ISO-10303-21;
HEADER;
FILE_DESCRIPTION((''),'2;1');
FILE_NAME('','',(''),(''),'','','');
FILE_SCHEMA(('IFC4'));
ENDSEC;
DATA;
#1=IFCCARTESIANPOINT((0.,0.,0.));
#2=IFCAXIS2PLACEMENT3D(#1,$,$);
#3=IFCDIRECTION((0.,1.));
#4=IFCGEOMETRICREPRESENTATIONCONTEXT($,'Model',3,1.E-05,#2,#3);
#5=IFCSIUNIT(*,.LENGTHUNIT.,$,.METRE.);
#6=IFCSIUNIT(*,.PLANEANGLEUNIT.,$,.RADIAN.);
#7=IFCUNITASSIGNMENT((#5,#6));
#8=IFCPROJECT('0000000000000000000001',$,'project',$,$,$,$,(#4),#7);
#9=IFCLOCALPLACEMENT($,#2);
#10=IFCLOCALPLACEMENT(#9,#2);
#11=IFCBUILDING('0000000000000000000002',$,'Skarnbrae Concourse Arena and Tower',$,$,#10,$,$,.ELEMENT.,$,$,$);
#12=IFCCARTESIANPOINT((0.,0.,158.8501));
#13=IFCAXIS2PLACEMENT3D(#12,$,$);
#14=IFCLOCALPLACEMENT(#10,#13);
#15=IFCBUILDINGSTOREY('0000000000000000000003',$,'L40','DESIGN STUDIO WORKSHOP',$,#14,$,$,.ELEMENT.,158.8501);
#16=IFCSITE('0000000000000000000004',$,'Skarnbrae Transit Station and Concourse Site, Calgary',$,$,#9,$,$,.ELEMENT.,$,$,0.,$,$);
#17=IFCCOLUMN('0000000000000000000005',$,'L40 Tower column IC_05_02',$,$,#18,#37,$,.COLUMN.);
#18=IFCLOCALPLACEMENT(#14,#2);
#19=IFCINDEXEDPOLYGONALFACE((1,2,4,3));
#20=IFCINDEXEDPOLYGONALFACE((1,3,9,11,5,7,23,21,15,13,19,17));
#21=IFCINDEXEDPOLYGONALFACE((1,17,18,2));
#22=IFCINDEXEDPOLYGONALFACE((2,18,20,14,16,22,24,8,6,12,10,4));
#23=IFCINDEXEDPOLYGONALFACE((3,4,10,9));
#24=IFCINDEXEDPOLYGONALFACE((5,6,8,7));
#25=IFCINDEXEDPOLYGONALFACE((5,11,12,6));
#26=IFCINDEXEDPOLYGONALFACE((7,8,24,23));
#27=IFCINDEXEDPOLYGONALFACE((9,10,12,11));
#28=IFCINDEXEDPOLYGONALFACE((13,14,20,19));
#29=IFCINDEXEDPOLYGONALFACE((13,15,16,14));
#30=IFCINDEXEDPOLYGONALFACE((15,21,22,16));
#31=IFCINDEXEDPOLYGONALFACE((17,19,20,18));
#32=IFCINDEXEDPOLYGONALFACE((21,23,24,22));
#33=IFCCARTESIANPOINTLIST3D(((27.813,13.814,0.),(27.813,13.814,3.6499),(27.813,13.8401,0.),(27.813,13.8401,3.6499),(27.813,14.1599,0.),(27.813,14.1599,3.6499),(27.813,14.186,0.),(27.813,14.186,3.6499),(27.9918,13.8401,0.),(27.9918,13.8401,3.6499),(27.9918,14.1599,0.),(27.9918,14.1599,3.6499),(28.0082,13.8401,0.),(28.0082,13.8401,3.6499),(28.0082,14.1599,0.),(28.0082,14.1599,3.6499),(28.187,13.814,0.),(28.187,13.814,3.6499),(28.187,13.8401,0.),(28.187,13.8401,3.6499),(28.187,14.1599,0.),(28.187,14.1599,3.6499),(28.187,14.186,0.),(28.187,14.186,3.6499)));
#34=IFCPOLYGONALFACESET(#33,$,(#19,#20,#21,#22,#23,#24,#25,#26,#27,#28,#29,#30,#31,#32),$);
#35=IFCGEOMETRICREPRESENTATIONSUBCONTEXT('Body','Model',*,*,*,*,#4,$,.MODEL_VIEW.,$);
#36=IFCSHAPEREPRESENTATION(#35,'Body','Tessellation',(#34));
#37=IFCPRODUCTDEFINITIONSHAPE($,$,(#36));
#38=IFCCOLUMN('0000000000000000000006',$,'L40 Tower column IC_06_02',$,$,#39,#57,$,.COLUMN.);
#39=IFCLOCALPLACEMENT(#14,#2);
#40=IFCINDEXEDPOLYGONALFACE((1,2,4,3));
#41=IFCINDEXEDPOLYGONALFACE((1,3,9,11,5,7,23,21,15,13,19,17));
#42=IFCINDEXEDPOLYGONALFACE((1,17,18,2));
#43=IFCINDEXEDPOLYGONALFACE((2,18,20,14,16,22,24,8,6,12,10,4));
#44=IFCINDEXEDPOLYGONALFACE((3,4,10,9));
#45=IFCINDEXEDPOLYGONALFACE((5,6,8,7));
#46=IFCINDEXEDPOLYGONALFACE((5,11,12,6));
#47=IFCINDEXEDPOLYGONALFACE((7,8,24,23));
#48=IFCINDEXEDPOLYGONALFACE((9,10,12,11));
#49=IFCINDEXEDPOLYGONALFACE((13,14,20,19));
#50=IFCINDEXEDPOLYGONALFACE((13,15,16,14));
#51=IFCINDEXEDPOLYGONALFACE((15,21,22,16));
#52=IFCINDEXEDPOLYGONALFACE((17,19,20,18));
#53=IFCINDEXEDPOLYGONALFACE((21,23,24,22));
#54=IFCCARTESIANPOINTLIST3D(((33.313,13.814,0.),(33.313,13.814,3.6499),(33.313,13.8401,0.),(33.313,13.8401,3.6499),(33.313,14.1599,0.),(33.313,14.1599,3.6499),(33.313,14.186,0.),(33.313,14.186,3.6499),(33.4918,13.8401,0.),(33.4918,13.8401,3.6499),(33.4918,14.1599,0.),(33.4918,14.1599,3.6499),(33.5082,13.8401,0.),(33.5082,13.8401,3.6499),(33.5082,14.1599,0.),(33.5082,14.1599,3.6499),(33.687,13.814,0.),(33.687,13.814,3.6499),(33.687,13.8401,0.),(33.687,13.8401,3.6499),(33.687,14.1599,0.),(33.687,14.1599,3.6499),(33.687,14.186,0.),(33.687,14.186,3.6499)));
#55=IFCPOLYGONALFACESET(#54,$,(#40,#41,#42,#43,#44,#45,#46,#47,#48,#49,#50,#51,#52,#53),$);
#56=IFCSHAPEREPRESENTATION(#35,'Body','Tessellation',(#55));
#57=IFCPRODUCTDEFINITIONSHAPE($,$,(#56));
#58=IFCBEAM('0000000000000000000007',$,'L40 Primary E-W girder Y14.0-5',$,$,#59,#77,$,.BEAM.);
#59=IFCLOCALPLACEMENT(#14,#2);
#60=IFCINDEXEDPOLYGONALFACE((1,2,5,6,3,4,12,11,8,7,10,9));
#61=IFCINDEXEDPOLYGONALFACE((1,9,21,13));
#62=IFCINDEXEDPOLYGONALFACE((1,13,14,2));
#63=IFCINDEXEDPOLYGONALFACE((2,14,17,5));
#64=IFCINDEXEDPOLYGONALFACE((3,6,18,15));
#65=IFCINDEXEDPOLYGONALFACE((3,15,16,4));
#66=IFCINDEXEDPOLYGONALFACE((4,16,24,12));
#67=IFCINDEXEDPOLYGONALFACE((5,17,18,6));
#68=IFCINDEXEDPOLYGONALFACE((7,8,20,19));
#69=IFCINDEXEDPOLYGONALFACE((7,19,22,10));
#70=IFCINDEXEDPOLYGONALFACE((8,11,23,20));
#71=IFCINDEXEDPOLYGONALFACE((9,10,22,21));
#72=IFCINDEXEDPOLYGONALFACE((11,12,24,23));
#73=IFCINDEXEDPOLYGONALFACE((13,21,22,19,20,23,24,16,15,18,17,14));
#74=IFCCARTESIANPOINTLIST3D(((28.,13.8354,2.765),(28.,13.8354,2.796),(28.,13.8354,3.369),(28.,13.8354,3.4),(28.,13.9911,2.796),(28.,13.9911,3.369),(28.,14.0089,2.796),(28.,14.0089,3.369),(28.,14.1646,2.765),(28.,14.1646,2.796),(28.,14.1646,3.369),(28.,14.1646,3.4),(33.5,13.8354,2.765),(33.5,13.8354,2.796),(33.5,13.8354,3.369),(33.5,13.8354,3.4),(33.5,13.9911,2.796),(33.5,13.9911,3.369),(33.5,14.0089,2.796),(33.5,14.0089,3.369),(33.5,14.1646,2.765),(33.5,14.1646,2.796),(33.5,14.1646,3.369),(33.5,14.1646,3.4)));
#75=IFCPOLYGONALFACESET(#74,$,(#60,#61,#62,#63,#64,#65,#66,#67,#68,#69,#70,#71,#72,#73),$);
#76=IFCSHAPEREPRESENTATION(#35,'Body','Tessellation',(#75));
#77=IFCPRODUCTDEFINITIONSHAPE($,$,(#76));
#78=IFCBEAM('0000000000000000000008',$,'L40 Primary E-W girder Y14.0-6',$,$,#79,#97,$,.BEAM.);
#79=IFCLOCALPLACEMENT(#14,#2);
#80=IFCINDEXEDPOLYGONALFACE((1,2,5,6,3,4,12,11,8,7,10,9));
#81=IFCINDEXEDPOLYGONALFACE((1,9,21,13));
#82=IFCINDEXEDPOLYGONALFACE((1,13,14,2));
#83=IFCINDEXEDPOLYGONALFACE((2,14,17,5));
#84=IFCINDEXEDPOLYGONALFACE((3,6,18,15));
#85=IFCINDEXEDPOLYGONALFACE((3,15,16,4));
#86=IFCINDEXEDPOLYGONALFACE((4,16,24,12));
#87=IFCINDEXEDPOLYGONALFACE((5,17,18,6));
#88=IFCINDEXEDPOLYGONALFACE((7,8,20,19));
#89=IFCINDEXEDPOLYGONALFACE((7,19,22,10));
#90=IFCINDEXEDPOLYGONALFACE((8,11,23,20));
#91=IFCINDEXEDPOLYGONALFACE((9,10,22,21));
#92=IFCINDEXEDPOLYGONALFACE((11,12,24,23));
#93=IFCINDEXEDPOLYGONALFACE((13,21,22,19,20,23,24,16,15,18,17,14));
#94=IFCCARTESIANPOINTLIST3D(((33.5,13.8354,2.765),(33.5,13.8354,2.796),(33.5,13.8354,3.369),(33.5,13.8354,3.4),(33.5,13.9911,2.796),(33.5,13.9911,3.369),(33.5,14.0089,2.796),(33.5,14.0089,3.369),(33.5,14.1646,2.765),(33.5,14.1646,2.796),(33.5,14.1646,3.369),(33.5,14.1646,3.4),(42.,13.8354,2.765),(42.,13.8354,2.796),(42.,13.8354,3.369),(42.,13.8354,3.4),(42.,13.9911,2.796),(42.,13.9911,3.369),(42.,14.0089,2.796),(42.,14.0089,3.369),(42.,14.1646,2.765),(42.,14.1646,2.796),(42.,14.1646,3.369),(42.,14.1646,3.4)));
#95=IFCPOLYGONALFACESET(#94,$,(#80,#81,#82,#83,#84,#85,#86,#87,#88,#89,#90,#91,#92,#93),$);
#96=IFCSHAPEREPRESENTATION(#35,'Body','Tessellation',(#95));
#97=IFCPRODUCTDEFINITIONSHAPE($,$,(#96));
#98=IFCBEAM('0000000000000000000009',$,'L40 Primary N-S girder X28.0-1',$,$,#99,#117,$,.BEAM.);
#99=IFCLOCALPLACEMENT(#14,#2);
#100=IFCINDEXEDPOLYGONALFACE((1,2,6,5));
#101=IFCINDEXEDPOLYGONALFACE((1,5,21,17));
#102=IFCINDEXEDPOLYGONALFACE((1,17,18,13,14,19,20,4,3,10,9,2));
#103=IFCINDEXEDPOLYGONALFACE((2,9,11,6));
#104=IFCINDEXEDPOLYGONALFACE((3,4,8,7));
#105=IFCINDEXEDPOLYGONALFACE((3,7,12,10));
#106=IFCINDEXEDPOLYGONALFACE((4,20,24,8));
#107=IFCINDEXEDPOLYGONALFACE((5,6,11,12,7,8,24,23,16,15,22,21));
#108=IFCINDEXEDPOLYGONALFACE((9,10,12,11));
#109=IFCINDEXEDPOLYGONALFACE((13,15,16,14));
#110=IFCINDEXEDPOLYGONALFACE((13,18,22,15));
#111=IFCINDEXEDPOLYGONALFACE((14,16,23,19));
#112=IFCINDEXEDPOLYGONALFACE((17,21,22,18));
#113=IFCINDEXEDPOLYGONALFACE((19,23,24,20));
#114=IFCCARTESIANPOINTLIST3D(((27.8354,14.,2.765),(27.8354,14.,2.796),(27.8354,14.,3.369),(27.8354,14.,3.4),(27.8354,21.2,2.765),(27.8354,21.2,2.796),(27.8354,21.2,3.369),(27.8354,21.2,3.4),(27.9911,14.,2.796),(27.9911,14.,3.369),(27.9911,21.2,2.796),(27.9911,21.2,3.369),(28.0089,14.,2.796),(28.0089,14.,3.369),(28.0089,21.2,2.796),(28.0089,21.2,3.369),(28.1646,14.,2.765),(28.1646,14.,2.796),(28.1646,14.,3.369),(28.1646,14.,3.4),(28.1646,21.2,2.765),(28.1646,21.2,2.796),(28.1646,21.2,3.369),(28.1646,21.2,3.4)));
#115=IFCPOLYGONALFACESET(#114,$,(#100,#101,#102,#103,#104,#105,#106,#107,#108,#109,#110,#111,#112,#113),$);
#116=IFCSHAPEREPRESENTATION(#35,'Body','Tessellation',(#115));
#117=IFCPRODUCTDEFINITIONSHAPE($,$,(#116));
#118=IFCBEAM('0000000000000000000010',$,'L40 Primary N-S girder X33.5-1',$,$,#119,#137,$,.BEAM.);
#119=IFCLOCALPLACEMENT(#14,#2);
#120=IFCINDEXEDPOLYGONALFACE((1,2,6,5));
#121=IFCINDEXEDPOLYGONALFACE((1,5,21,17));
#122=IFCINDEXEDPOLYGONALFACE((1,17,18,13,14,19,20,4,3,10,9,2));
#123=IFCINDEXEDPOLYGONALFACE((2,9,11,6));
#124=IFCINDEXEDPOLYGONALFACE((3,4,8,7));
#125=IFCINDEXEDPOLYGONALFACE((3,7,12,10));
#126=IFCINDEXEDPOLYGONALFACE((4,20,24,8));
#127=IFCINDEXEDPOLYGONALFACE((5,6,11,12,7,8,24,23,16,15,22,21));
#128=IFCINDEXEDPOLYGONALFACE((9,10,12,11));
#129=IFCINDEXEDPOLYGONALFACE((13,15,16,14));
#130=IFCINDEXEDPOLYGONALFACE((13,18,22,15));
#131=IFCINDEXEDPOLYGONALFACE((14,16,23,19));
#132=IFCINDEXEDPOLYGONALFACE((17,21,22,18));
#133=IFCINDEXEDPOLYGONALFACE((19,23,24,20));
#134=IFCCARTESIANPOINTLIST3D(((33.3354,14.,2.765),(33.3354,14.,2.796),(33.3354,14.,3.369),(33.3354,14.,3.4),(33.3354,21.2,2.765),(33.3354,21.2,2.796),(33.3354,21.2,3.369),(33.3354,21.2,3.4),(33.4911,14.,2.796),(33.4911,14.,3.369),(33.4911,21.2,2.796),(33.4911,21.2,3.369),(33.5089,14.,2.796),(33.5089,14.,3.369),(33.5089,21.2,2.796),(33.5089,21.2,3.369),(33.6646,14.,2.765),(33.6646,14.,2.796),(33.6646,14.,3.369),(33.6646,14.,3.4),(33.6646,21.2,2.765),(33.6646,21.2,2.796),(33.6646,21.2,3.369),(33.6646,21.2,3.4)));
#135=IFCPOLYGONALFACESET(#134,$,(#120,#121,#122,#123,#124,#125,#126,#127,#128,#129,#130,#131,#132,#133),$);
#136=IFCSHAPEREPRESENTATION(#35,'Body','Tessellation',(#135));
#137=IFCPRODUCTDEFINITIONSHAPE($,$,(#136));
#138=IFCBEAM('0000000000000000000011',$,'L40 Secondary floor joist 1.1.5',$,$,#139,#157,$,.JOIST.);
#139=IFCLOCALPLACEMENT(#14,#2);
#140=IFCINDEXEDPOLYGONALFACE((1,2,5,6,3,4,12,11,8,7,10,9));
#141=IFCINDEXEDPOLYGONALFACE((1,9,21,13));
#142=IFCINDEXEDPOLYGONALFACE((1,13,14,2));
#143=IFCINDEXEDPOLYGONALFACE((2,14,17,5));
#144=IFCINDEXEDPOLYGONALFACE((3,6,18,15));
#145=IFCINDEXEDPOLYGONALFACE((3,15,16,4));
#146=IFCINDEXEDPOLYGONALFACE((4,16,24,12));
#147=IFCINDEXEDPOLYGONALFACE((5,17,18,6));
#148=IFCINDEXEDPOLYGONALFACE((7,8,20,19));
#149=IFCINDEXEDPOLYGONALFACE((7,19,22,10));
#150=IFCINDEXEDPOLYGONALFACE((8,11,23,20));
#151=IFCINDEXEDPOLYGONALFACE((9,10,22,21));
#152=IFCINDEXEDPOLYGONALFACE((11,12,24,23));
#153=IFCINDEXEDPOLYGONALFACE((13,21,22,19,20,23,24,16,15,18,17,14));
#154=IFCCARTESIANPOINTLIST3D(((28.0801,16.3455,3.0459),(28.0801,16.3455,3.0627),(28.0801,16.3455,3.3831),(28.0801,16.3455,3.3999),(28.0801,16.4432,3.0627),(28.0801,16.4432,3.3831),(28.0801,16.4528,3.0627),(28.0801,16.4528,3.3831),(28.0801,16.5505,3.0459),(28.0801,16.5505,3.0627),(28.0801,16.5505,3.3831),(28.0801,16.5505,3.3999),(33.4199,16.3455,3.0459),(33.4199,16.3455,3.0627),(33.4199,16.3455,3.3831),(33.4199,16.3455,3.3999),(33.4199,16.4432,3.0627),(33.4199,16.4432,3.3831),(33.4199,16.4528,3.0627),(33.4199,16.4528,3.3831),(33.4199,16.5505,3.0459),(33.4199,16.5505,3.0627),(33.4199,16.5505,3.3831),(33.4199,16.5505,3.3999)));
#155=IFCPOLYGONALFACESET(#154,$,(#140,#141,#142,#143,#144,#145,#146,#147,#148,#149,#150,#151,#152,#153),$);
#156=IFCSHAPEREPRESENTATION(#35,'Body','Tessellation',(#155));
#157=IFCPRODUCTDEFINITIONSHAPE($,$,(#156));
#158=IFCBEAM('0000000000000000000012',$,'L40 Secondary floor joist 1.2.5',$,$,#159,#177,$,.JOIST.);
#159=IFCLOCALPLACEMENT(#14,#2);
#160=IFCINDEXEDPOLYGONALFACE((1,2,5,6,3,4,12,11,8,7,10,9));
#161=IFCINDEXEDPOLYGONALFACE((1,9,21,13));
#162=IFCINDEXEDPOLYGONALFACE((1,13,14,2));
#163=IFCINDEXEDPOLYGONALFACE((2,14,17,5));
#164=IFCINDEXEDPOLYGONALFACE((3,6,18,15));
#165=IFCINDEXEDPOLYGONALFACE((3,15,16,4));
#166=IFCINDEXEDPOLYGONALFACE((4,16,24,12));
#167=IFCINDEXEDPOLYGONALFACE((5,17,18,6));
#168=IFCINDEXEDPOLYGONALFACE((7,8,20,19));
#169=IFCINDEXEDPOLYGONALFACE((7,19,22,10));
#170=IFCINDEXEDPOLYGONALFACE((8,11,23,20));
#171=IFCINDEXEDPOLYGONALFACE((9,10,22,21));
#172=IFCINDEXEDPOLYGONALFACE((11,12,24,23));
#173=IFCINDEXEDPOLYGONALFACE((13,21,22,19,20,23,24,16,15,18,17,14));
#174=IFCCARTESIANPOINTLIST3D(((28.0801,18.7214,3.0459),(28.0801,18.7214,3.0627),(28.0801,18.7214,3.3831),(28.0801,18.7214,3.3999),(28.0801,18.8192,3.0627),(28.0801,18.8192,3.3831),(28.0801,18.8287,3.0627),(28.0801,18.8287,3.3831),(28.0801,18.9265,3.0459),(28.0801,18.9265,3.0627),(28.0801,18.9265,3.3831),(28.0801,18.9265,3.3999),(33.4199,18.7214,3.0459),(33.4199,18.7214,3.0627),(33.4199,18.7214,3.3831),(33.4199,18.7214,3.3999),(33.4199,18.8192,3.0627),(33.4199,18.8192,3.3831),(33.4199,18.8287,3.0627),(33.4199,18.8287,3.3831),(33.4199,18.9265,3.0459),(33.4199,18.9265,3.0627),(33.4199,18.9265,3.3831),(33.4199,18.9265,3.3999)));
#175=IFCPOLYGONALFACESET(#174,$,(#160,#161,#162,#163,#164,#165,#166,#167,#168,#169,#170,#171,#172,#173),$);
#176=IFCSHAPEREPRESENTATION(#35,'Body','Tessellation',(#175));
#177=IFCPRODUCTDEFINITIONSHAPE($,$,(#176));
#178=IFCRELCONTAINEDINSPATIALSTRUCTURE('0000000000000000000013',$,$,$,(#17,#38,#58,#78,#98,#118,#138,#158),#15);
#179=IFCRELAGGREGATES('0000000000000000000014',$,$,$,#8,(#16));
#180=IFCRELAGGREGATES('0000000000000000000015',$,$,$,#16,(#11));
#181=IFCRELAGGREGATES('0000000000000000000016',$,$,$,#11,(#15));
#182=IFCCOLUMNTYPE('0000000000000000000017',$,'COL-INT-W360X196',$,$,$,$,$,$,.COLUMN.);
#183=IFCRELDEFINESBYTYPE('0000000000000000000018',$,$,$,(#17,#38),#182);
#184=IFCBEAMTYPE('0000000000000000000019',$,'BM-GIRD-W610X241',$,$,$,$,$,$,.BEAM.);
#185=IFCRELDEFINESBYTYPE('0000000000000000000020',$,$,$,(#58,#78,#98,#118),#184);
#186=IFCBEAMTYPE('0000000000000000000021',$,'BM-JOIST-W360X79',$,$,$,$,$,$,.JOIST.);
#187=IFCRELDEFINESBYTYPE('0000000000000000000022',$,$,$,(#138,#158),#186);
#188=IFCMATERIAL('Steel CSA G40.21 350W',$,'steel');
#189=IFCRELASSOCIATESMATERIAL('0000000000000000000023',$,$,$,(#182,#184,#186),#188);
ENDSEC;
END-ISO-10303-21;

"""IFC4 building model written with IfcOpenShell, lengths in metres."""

from ifc_helpers import new_model, si_unit, direction, frame, origin, origin_2d, place, context, subcontext, project, spatial, i_section, extrude, source, transform, mapped, material, material_profile, profile_set, type_object, element, save


model = new_model("IFC4")

# Units and contexts
model_context = context("Model", 3, precision=1e-05, world=origin(), true_north=direction((0.0, 1.0)))
body_context = subcontext(model_context, "Body", "Model", "MODEL_VIEW")
ifc_project = project(units=[si_unit("LENGTHUNIT", "METRE"), si_unit("PLANEANGLEUNIT", "RADIAN")], contexts=[model_context])

# Site, building, storey
site_placement = place(None, origin())
site = spatial("IfcSite", under=ifc_project, at=site_placement, Name="Skarnbrae Transit Station and Concourse Site, Calgary", CompositionType="ELEMENT", RefElevation=0.0)
building_placement = place(site_placement, origin())
building = spatial("IfcBuilding", under=site, at=building_placement, Name="Skarnbrae Concourse Arena and Tower", CompositionType="ELEMENT")
storey_placement = place(building_placement, frame((0.0, 0.0, 158.8501)))
storey = spatial("IfcBuildingStorey", under=building, at=storey_placement, Name="L40", Description="DESIGN STUDIO WORKSHOP", CompositionType="ELEMENT", Elevation=158.8501)

# Columns
ifc_material_1 = material(Name="Steel CSA G40.21 350W", Category="steel")
ifc_material_profile_1 = material_profile(ifc_material_1, i_section(OverallWidth=0.374, OverallDepth=0.3721, WebThickness=0.0164, FlangeThickness=0.0261, at=origin_2d()), Name="W360X196")
ifc_profile_set_1 = profile_set([ifc_material_profile_1], Name="Steel CSA G40.21 350W")
column_type = type_object("IfcColumnType", Name="COL-INT-W360X196", PredefinedType="COLUMN", material=ifc_profile_set_1)
shared_shape_1 = source(origin(), body_context, "Body", "SweptSolid", [
    extrude(i_section(OverallWidth=0.374, OverallDepth=0.3721, WebThickness=0.0164, FlangeThickness=0.0261, at=origin_2d()), origin(), (0.0, 0.0, 1.0), 3.6499),
])
for number, where, z_axis, x_axis, name in (
    (1, (28.0, 14.0, 0.0), (0.0, 0.0, 1.0), (1.0, 0.0, 0.0), "L40 Tower column IC_05_02"),
    (2, (33.5, 14.0, 0.0), (0.0, 0.0, 1.0), (1.0, 0.0, 0.0), "L40 Tower column IC_06_02"),
):
    element("IfcColumn", number, at=place(storey_placement, frame(where, z_axis=z_axis, x_axis=x_axis)), inside=storey, type_object=column_type, Name=name, PredefinedType="COLUMN", context=body_context, shape_type="MappedRepresentation", body=[
        mapped(shared_shape_1, transform((0.0, 0.0, 0.0))),
    ])

# Beams
ifc_material_profile_2 = material_profile(ifc_material_1, i_section(OverallWidth=0.3291, OverallDepth=0.635, WebThickness=0.0178, FlangeThickness=0.031, at=origin_2d()), Name="W610X241")
ifc_profile_set_2 = profile_set([ifc_material_profile_2], Name="Steel CSA G40.21 350W")
beam_type_1 = type_object("IfcBeamType", Name="BM-GIRD-W610X241", PredefinedType="BEAM", material=ifc_profile_set_2)
shared_shape_2 = source(origin(), body_context, "Body", "SweptSolid", [
    extrude(i_section(OverallWidth=0.3291, OverallDepth=0.635, WebThickness=0.0178, FlangeThickness=0.031, at=origin_2d()), origin(), (0.0, 0.0, 1.0), 5.5),
])
beam_1_placement = place(storey_placement, frame((28.0, 14.0, 3.0825), z_axis=(1.0, 0.0, 0.0), x_axis=(0.0, 1.0, 0.0)))
element("IfcBeam", 3, at=beam_1_placement, inside=storey, type_object=beam_type_1, Name="L40 Primary E-W girder Y14.0-5", PredefinedType="BEAM", context=body_context, shape_type="MappedRepresentation", body=[
    mapped(shared_shape_2, transform((0.0, 0.0, 0.0))),
])
shared_shape_3 = source(origin(), body_context, "Body", "SweptSolid", [
    extrude(i_section(OverallWidth=0.3291, OverallDepth=0.635, WebThickness=0.0178, FlangeThickness=0.031, at=origin_2d()), origin(), (0.0, 0.0, 1.0), 8.5),
])
beam_2_placement = place(storey_placement, frame((33.5, 14.0, 3.0825), z_axis=(1.0, 0.0, 0.0), x_axis=(0.0, 1.0, 0.0)))
element("IfcBeam", 4, at=beam_2_placement, inside=storey, type_object=beam_type_1, Name="L40 Primary E-W girder Y14.0-6", PredefinedType="BEAM", context=body_context, shape_type="MappedRepresentation", body=[
    mapped(shared_shape_3, transform((0.0, 0.0, 0.0))),
])
shared_shape_4 = source(origin(), body_context, "Body", "SweptSolid", [
    extrude(i_section(OverallWidth=0.3291, OverallDepth=0.635, WebThickness=0.0178, FlangeThickness=0.031, at=origin_2d()), origin(), (0.0, 0.0, 1.0), 7.2),
])
for number, where, z_axis, x_axis, name in (
    (5, (28.0, 14.0, 3.0825), (0.0, 1.0, 0.0), (-1.0, 0.0, 0.0), "L40 Primary N-S girder X28.0-1"),
    (6, (33.5, 14.0, 3.0825), (0.0, 1.0, 0.0), (-1.0, 0.0, 0.0), "L40 Primary N-S girder X33.5-1"),
):
    element("IfcBeam", number, at=place(storey_placement, frame(where, z_axis=z_axis, x_axis=x_axis)), inside=storey, type_object=beam_type_1, Name=name, PredefinedType="BEAM", context=body_context, shape_type="MappedRepresentation", body=[
        mapped(shared_shape_4, transform((0.0, 0.0, 0.0))),
    ])
ifc_material_profile_3 = material_profile(ifc_material_1, i_section(OverallWidth=0.2051, OverallDepth=0.354, WebThickness=0.0095, FlangeThickness=0.0168, at=origin_2d()), Name="W360X79")
ifc_profile_set_3 = profile_set([ifc_material_profile_3], Name="Steel CSA G40.21 350W")
beam_type_2 = type_object("IfcBeamType", Name="BM-JOIST-W360X79", PredefinedType="JOIST", material=ifc_profile_set_3)
shared_shape_5 = source(origin(), body_context, "Body", "SweptSolid", [
    extrude(i_section(OverallWidth=0.2051, OverallDepth=0.354, WebThickness=0.0095, FlangeThickness=0.0168, at=origin_2d()), origin(), (0.0, 0.0, 1.0), 5.3398),
])
for number, where, z_axis, x_axis, name in (
    (7, (28.0801, 16.448, 3.2229), (1.0, 0.0, 0.0), (0.0, 1.0, 0.0), "L40 Secondary floor joist 1.1.5"),
    (8, (28.0801, 18.824, 3.2229), (1.0, 0.0, 0.0), (0.0, 1.0, 0.0), "L40 Secondary floor joist 1.2.5"),
):
    element("IfcBeam", number, at=place(storey_placement, frame(where, z_axis=z_axis, x_axis=x_axis)), inside=storey, type_object=beam_type_2, Name=name, PredefinedType="JOIST", context=body_context, shape_type="MappedRepresentation", body=[
        mapped(shared_shape_5, transform((0.0, 0.0, 0.0))),
    ])

save(model, "model.ifc")
